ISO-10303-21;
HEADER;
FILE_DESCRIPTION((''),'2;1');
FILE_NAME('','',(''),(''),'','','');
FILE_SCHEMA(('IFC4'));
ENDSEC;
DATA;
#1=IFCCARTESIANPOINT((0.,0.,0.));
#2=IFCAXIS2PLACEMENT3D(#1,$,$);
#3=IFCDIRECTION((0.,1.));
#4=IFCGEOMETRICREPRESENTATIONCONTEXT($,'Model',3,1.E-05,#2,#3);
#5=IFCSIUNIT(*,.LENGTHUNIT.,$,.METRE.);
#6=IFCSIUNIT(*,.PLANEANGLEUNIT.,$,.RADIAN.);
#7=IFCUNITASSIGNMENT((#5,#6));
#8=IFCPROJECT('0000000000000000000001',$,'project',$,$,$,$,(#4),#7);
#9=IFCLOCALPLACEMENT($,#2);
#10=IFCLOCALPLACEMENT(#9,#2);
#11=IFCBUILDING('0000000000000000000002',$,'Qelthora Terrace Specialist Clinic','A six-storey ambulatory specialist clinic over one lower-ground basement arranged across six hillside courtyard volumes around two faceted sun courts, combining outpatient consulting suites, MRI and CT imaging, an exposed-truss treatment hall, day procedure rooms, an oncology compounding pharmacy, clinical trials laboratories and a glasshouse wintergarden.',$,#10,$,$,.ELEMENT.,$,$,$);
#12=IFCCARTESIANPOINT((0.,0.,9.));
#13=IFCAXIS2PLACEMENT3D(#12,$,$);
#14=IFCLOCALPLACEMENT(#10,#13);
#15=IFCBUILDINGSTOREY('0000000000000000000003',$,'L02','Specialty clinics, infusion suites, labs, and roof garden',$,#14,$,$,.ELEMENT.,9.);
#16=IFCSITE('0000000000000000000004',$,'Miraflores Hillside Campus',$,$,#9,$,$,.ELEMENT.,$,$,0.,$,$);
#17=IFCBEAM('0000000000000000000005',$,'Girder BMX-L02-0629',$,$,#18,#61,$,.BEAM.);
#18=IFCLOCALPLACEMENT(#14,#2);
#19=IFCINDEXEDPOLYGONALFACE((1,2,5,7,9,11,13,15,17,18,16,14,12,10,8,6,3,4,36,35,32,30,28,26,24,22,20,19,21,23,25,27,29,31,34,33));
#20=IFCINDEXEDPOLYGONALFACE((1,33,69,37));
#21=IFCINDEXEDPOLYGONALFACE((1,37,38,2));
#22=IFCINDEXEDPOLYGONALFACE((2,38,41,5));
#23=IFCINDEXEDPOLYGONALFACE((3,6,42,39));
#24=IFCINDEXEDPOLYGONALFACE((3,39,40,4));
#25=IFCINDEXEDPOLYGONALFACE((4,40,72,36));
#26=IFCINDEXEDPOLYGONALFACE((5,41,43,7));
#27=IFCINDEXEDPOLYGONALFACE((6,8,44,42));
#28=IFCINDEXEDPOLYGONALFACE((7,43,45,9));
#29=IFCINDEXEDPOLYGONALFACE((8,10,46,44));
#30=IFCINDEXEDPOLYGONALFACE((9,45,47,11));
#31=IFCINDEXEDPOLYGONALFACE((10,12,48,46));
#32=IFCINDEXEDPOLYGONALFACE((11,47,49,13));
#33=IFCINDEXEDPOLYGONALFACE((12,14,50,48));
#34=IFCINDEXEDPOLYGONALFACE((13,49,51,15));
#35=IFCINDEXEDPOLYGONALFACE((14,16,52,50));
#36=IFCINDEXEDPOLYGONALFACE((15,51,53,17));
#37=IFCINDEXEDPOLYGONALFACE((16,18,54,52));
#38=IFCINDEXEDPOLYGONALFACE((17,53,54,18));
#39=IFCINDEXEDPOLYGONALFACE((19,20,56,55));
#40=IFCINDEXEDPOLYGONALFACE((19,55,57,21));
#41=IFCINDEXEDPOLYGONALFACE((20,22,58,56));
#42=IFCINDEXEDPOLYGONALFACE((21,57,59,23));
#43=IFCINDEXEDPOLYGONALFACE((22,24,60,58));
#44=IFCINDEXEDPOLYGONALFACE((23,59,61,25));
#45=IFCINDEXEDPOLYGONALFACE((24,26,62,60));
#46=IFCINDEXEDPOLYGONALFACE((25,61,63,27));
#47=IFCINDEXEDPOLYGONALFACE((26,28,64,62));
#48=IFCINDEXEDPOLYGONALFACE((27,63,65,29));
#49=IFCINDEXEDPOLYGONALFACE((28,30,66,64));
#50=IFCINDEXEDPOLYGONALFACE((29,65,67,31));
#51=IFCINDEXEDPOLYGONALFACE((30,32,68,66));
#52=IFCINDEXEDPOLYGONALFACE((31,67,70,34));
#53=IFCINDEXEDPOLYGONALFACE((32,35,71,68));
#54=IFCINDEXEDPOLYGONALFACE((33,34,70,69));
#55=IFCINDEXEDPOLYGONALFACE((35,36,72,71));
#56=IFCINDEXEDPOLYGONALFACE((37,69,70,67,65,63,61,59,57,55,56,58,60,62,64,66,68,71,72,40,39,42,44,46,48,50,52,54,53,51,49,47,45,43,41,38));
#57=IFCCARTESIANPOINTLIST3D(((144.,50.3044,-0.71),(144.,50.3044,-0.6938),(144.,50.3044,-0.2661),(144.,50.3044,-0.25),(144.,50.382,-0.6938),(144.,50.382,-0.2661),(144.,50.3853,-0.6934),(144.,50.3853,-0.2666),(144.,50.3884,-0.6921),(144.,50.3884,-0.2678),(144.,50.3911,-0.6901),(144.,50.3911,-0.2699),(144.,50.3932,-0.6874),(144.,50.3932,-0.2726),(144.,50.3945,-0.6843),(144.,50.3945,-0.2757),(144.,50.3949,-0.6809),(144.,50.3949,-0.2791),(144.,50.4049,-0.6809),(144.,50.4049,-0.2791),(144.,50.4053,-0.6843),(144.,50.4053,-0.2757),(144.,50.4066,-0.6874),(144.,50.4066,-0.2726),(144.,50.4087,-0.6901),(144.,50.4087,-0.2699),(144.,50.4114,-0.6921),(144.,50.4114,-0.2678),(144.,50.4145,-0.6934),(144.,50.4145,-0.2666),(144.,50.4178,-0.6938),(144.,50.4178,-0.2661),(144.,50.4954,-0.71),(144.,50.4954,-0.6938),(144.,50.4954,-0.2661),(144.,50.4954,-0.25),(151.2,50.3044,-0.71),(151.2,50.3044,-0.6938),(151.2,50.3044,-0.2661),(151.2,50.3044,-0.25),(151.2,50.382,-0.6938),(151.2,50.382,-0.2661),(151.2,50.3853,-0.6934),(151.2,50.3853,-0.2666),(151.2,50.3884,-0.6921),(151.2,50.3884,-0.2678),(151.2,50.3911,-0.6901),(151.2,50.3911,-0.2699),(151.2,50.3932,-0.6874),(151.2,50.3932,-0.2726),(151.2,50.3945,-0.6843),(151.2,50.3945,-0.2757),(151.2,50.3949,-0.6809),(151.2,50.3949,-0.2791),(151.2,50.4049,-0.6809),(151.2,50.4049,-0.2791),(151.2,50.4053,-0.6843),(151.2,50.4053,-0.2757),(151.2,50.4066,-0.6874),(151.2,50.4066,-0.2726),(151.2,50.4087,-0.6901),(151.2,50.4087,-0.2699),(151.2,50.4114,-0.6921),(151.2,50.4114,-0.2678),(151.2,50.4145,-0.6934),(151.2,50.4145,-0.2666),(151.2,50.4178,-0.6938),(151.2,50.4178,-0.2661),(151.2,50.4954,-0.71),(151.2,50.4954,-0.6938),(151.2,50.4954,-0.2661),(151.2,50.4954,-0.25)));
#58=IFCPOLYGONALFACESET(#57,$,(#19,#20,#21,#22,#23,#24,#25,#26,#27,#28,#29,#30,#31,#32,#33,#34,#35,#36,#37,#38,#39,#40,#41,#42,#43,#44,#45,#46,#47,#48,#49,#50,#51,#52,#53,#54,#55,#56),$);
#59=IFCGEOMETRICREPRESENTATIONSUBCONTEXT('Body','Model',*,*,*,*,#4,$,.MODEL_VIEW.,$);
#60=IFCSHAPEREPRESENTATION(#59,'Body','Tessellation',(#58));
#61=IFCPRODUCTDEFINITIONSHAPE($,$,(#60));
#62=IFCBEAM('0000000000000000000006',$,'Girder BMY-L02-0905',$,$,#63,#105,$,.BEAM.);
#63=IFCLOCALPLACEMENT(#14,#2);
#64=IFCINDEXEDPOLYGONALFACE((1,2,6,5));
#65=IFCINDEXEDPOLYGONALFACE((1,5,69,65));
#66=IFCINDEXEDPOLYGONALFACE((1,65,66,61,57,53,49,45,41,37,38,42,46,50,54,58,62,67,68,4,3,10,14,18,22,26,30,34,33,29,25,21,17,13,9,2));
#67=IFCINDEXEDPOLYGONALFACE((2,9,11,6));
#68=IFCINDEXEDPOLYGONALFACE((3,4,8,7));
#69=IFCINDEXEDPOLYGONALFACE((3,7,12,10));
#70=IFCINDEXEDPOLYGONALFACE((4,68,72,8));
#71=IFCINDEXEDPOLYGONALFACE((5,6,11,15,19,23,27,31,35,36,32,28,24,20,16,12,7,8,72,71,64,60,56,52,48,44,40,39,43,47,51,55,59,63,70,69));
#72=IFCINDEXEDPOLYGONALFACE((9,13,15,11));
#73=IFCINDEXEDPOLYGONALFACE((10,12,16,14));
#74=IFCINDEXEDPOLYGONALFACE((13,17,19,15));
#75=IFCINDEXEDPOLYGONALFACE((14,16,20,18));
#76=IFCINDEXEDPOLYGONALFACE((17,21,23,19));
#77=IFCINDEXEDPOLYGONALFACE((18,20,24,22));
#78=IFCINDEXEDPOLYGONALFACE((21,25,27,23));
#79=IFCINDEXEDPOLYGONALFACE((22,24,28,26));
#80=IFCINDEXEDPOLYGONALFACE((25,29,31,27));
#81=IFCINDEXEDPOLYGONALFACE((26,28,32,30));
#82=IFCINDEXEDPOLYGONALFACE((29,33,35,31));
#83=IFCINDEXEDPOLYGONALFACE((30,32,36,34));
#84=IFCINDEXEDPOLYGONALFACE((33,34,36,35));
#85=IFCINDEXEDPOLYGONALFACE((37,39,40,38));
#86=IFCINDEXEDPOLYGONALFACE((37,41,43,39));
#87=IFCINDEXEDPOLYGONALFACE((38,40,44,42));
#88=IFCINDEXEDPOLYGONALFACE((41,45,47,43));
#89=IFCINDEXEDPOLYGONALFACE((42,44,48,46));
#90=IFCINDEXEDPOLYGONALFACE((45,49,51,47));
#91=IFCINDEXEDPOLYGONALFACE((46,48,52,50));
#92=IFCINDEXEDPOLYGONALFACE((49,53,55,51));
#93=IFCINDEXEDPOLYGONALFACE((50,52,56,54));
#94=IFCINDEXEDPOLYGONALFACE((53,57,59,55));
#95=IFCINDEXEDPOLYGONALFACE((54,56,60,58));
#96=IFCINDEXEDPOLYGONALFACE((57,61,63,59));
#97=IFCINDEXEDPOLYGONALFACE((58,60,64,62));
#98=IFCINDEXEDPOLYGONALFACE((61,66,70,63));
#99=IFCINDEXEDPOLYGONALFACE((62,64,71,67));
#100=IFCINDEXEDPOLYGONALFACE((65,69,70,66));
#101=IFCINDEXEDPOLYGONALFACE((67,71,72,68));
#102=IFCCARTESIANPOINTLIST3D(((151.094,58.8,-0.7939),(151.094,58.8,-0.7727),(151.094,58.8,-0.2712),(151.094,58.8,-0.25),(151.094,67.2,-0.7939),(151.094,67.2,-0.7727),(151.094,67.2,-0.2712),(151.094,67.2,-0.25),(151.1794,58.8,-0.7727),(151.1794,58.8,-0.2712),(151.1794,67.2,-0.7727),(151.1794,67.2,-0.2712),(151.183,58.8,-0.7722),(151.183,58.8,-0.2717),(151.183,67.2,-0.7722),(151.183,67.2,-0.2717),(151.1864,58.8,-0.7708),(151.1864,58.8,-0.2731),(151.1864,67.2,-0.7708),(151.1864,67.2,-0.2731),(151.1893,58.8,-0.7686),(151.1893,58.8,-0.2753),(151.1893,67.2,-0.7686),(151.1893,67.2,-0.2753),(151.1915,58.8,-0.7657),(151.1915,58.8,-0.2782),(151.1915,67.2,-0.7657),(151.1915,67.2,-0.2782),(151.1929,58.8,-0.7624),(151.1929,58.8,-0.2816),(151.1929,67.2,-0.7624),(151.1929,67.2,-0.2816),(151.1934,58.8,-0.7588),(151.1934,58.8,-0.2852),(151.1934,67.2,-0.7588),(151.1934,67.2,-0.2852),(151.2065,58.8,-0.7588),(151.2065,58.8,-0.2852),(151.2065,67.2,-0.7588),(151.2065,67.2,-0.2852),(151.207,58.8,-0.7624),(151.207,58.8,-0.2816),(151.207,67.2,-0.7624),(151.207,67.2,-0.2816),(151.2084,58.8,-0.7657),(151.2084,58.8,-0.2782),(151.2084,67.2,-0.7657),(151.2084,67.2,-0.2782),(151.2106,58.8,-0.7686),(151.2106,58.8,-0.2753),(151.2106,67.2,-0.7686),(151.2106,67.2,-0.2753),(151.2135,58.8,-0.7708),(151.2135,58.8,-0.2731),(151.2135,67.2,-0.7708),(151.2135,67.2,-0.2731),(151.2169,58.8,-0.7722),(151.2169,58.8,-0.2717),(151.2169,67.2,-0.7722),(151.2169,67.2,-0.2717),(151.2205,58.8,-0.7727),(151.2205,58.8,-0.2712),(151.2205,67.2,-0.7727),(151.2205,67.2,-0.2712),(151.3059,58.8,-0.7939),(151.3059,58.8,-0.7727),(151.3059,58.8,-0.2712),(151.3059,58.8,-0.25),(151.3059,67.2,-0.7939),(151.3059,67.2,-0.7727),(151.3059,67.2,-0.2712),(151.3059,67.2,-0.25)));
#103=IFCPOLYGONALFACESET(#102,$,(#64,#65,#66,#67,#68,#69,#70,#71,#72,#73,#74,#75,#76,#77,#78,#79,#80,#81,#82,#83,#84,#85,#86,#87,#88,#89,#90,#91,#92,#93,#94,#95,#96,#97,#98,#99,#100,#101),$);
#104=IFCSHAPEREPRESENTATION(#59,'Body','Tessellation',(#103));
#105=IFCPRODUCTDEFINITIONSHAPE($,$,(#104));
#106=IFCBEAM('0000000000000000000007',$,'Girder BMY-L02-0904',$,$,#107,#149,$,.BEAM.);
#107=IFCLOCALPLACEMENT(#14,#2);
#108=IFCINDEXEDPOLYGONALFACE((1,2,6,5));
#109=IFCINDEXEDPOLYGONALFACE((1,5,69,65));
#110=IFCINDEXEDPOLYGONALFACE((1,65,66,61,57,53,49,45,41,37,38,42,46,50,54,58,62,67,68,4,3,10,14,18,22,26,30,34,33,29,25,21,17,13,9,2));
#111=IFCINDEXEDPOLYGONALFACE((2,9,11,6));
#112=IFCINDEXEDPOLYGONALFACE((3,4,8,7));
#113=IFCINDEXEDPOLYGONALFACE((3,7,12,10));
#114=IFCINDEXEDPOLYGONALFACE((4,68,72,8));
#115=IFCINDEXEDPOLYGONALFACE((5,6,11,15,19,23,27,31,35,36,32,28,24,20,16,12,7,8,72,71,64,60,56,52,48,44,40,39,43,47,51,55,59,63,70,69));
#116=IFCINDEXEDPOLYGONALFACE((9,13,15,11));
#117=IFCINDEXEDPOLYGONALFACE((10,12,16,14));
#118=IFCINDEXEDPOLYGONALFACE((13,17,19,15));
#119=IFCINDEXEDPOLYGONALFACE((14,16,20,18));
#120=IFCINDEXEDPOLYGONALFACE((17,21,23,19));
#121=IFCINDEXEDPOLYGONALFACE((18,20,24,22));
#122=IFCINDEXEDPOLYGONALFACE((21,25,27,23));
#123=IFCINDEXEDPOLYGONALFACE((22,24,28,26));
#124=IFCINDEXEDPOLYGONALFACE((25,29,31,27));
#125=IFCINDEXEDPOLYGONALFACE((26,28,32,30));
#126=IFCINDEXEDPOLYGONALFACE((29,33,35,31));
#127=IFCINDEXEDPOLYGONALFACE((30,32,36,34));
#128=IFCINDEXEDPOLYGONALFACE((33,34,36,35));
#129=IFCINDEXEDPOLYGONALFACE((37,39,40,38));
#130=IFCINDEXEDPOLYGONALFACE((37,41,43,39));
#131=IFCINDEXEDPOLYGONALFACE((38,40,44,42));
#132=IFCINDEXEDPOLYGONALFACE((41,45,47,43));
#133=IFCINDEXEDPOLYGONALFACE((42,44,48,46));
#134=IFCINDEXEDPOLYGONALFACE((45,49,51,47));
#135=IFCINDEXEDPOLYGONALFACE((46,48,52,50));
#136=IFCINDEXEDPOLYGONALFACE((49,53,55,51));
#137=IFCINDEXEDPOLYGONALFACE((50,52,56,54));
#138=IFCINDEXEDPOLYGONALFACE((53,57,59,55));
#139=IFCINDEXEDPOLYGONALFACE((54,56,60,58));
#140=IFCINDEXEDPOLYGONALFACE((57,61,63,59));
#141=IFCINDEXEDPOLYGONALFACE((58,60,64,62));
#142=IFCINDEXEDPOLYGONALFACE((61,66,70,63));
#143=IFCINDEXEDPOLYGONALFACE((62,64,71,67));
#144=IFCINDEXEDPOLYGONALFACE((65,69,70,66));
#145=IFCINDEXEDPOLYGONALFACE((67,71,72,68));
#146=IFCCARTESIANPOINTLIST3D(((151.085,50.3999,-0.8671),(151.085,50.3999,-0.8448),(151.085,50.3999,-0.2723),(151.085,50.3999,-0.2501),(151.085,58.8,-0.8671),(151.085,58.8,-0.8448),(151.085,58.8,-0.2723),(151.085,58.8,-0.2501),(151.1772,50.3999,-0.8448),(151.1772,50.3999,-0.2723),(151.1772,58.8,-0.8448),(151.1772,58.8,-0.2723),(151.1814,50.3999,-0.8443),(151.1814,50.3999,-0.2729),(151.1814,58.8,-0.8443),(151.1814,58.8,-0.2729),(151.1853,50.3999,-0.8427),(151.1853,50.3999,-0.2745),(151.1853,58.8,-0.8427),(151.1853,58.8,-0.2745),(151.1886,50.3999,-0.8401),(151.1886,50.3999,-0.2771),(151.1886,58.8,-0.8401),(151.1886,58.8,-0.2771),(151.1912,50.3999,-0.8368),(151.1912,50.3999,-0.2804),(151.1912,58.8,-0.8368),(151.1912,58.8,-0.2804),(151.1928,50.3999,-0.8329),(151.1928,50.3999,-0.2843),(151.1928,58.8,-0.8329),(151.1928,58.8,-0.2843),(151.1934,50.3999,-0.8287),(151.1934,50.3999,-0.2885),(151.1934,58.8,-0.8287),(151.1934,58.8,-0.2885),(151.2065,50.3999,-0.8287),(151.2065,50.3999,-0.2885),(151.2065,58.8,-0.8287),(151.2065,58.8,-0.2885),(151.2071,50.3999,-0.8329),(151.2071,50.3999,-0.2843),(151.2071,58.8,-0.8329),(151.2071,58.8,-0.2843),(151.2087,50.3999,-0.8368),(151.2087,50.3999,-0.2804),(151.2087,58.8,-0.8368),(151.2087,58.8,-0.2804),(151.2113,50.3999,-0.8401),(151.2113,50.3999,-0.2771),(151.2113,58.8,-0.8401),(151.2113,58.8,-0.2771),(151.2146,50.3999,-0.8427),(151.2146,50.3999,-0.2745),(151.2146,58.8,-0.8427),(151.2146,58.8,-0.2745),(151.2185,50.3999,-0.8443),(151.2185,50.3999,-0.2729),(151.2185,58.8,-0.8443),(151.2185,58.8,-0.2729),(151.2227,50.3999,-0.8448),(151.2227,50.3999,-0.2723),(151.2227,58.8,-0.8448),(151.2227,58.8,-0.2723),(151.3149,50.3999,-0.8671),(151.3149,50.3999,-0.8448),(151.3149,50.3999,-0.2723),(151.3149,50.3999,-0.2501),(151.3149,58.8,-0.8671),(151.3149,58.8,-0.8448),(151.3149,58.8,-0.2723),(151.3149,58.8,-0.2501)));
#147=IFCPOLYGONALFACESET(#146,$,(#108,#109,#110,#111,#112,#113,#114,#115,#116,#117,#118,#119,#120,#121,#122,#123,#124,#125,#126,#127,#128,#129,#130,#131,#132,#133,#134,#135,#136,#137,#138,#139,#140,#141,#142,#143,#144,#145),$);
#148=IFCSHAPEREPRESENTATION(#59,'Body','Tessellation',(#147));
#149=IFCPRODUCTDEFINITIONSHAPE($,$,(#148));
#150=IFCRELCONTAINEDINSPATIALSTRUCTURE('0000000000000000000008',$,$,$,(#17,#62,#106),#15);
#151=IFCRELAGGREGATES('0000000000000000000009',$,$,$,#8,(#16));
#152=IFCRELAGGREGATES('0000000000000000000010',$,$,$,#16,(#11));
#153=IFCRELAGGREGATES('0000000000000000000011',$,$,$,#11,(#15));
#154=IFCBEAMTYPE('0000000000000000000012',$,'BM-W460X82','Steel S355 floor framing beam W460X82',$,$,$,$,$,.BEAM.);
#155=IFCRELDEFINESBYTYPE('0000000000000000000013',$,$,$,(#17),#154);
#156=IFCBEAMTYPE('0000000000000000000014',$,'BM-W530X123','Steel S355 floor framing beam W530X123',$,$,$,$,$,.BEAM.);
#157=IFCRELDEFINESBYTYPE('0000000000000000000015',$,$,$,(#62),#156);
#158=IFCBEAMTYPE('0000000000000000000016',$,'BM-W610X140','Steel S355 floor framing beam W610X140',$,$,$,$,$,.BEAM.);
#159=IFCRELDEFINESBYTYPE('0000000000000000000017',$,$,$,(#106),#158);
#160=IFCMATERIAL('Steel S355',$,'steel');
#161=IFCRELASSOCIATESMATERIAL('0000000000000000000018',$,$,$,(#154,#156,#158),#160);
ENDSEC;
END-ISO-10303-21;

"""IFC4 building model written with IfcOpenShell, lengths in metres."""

from ifc_helpers import new_model, si_unit, direction, frame, origin, origin_2d, place, context, subcontext, project, spatial, i_section, extrude, material, material_profile, profile_set, type_object, element, save


model = new_model("IFC4")

# Units and contexts
model_context = context("Model", 3, precision=1e-05, world=origin(), true_north=direction((0.0, 1.0)))
body_context = subcontext(model_context, "Body", "Model", "MODEL_VIEW")
ifc_project = project(units=[si_unit("LENGTHUNIT", "METRE"), si_unit("PLANEANGLEUNIT", "RADIAN")], contexts=[model_context])

# Site, building, storey
site_placement = place(None, origin())
site = spatial("IfcSite", under=ifc_project, at=site_placement, Name="Miraflores Hillside Campus", CompositionType="ELEMENT", RefElevation=0.0)
building_placement = place(site_placement, origin())
building = spatial("IfcBuilding", under=site, at=building_placement, Name="Qelthora Terrace Specialist Clinic", Description="A six-storey ambulatory specialist clinic over one lower-ground basement arranged across six hillside courtyard volumes around two faceted sun courts, combining outpatient consulting suites, MRI and CT imaging, an exposed-truss treatment hall, day procedure rooms, an oncology compounding pharmacy, clinical trials laboratories and a glasshouse wintergarden.", CompositionType="ELEMENT")
storey_placement = place(building_placement, frame((0.0, 0.0, 9.0)))
storey = spatial("IfcBuildingStorey", under=building, at=storey_placement, Name="L02", Description="Specialty clinics, infusion suites, labs, and roof garden", CompositionType="ELEMENT", Elevation=9.0)

# Shared definitions
ifc_material_1 = material(Name="Steel S355", Category="steel")

# Beams
ifc_material_profile_1 = material_profile(ifc_material_1, i_section(OverallWidth=0.1909, OverallDepth=0.46, WebThickness=0.01, FlangeThickness=0.0161, FilletRadius=0.0129, at=origin_2d()), Name="W460X82")
ifc_profile_set_1 = profile_set([ifc_material_profile_1], Name="Steel S355")
beam_type_1 = type_object("IfcBeamType", Name="BM-W460X82", Description="Steel S355 floor framing beam W460X82", PredefinedType="BEAM", material=ifc_profile_set_1)
beam_1_placement = place(storey_placement, frame((144.0, 50.3999, -0.48), z_axis=(1.0, 0.0, 0.0), x_axis=(0.0, 1.0, 0.0)))
element("IfcBeam", 1, at=beam_1_placement, inside=storey, type_object=beam_type_1, Name="Girder BMX-L02-0629", PredefinedType="BEAM", context=body_context, shape_type="SweptSolid", body=[
    extrude(i_section(OverallWidth=0.1909, OverallDepth=0.46, WebThickness=0.01, FlangeThickness=0.0161, FilletRadius=0.0129, at=origin_2d()), origin(), (0.0, 0.0, 1.0), 7.2),
])
ifc_material_profile_2 = material_profile(ifc_material_1, i_section(OverallWidth=0.2119, OverallDepth=0.5439, WebThickness=0.0132, FlangeThickness=0.0212, FilletRadius=0.0139, at=origin_2d()), Name="W530X123")
ifc_profile_set_2 = profile_set([ifc_material_profile_2], Name="Steel S355")
beam_type_2 = type_object("IfcBeamType", Name="BM-W530X123", Description="Steel S355 floor framing beam W530X123", PredefinedType="BEAM", material=ifc_profile_set_2)
beam_2_placement = place(storey_placement, frame((151.2, 58.8, -0.522), z_axis=(0.0, 1.0, 0.0), x_axis=(-1.0, 0.0, 0.0)))
element("IfcBeam", 2, at=beam_2_placement, inside=storey, type_object=beam_type_2, Name="Girder BMY-L02-0905", PredefinedType="BEAM", context=body_context, shape_type="SweptSolid", body=[
    extrude(i_section(OverallWidth=0.2119, OverallDepth=0.5439, WebThickness=0.0132, FlangeThickness=0.0212, FilletRadius=0.0139, at=origin_2d()), origin(), (0.0, 0.0, 1.0), 8.3999),
])
ifc_material_profile_3 = material_profile(ifc_material_1, i_section(OverallWidth=0.23, OverallDepth=0.6169, WebThickness=0.0132, FlangeThickness=0.0222, FilletRadius=0.0161, at=origin_2d()), Name="W610X140")
ifc_profile_set_3 = profile_set([ifc_material_profile_3], Name="Steel S355")
beam_type_3 = type_object("IfcBeamType", Name="BM-W610X140", Description="Steel S355 floor framing beam W610X140", PredefinedType="BEAM", material=ifc_profile_set_3)
beam_3_placement = place(storey_placement, frame((151.2, 50.3999, -0.5586), z_axis=(0.0, 1.0, 0.0), x_axis=(-1.0, 0.0, 0.0)))
element("IfcBeam", 3, at=beam_3_placement, inside=storey, type_object=beam_type_3, Name="Girder BMY-L02-0904", PredefinedType="BEAM", context=body_context, shape_type="SweptSolid", body=[
    extrude(i_section(OverallWidth=0.23, OverallDepth=0.6169, WebThickness=0.0132, FlangeThickness=0.0222, FilletRadius=0.0161, at=origin_2d()), origin(), (0.0, 0.0, 1.0), 8.4001),
])

save(model, "model.ifc")
